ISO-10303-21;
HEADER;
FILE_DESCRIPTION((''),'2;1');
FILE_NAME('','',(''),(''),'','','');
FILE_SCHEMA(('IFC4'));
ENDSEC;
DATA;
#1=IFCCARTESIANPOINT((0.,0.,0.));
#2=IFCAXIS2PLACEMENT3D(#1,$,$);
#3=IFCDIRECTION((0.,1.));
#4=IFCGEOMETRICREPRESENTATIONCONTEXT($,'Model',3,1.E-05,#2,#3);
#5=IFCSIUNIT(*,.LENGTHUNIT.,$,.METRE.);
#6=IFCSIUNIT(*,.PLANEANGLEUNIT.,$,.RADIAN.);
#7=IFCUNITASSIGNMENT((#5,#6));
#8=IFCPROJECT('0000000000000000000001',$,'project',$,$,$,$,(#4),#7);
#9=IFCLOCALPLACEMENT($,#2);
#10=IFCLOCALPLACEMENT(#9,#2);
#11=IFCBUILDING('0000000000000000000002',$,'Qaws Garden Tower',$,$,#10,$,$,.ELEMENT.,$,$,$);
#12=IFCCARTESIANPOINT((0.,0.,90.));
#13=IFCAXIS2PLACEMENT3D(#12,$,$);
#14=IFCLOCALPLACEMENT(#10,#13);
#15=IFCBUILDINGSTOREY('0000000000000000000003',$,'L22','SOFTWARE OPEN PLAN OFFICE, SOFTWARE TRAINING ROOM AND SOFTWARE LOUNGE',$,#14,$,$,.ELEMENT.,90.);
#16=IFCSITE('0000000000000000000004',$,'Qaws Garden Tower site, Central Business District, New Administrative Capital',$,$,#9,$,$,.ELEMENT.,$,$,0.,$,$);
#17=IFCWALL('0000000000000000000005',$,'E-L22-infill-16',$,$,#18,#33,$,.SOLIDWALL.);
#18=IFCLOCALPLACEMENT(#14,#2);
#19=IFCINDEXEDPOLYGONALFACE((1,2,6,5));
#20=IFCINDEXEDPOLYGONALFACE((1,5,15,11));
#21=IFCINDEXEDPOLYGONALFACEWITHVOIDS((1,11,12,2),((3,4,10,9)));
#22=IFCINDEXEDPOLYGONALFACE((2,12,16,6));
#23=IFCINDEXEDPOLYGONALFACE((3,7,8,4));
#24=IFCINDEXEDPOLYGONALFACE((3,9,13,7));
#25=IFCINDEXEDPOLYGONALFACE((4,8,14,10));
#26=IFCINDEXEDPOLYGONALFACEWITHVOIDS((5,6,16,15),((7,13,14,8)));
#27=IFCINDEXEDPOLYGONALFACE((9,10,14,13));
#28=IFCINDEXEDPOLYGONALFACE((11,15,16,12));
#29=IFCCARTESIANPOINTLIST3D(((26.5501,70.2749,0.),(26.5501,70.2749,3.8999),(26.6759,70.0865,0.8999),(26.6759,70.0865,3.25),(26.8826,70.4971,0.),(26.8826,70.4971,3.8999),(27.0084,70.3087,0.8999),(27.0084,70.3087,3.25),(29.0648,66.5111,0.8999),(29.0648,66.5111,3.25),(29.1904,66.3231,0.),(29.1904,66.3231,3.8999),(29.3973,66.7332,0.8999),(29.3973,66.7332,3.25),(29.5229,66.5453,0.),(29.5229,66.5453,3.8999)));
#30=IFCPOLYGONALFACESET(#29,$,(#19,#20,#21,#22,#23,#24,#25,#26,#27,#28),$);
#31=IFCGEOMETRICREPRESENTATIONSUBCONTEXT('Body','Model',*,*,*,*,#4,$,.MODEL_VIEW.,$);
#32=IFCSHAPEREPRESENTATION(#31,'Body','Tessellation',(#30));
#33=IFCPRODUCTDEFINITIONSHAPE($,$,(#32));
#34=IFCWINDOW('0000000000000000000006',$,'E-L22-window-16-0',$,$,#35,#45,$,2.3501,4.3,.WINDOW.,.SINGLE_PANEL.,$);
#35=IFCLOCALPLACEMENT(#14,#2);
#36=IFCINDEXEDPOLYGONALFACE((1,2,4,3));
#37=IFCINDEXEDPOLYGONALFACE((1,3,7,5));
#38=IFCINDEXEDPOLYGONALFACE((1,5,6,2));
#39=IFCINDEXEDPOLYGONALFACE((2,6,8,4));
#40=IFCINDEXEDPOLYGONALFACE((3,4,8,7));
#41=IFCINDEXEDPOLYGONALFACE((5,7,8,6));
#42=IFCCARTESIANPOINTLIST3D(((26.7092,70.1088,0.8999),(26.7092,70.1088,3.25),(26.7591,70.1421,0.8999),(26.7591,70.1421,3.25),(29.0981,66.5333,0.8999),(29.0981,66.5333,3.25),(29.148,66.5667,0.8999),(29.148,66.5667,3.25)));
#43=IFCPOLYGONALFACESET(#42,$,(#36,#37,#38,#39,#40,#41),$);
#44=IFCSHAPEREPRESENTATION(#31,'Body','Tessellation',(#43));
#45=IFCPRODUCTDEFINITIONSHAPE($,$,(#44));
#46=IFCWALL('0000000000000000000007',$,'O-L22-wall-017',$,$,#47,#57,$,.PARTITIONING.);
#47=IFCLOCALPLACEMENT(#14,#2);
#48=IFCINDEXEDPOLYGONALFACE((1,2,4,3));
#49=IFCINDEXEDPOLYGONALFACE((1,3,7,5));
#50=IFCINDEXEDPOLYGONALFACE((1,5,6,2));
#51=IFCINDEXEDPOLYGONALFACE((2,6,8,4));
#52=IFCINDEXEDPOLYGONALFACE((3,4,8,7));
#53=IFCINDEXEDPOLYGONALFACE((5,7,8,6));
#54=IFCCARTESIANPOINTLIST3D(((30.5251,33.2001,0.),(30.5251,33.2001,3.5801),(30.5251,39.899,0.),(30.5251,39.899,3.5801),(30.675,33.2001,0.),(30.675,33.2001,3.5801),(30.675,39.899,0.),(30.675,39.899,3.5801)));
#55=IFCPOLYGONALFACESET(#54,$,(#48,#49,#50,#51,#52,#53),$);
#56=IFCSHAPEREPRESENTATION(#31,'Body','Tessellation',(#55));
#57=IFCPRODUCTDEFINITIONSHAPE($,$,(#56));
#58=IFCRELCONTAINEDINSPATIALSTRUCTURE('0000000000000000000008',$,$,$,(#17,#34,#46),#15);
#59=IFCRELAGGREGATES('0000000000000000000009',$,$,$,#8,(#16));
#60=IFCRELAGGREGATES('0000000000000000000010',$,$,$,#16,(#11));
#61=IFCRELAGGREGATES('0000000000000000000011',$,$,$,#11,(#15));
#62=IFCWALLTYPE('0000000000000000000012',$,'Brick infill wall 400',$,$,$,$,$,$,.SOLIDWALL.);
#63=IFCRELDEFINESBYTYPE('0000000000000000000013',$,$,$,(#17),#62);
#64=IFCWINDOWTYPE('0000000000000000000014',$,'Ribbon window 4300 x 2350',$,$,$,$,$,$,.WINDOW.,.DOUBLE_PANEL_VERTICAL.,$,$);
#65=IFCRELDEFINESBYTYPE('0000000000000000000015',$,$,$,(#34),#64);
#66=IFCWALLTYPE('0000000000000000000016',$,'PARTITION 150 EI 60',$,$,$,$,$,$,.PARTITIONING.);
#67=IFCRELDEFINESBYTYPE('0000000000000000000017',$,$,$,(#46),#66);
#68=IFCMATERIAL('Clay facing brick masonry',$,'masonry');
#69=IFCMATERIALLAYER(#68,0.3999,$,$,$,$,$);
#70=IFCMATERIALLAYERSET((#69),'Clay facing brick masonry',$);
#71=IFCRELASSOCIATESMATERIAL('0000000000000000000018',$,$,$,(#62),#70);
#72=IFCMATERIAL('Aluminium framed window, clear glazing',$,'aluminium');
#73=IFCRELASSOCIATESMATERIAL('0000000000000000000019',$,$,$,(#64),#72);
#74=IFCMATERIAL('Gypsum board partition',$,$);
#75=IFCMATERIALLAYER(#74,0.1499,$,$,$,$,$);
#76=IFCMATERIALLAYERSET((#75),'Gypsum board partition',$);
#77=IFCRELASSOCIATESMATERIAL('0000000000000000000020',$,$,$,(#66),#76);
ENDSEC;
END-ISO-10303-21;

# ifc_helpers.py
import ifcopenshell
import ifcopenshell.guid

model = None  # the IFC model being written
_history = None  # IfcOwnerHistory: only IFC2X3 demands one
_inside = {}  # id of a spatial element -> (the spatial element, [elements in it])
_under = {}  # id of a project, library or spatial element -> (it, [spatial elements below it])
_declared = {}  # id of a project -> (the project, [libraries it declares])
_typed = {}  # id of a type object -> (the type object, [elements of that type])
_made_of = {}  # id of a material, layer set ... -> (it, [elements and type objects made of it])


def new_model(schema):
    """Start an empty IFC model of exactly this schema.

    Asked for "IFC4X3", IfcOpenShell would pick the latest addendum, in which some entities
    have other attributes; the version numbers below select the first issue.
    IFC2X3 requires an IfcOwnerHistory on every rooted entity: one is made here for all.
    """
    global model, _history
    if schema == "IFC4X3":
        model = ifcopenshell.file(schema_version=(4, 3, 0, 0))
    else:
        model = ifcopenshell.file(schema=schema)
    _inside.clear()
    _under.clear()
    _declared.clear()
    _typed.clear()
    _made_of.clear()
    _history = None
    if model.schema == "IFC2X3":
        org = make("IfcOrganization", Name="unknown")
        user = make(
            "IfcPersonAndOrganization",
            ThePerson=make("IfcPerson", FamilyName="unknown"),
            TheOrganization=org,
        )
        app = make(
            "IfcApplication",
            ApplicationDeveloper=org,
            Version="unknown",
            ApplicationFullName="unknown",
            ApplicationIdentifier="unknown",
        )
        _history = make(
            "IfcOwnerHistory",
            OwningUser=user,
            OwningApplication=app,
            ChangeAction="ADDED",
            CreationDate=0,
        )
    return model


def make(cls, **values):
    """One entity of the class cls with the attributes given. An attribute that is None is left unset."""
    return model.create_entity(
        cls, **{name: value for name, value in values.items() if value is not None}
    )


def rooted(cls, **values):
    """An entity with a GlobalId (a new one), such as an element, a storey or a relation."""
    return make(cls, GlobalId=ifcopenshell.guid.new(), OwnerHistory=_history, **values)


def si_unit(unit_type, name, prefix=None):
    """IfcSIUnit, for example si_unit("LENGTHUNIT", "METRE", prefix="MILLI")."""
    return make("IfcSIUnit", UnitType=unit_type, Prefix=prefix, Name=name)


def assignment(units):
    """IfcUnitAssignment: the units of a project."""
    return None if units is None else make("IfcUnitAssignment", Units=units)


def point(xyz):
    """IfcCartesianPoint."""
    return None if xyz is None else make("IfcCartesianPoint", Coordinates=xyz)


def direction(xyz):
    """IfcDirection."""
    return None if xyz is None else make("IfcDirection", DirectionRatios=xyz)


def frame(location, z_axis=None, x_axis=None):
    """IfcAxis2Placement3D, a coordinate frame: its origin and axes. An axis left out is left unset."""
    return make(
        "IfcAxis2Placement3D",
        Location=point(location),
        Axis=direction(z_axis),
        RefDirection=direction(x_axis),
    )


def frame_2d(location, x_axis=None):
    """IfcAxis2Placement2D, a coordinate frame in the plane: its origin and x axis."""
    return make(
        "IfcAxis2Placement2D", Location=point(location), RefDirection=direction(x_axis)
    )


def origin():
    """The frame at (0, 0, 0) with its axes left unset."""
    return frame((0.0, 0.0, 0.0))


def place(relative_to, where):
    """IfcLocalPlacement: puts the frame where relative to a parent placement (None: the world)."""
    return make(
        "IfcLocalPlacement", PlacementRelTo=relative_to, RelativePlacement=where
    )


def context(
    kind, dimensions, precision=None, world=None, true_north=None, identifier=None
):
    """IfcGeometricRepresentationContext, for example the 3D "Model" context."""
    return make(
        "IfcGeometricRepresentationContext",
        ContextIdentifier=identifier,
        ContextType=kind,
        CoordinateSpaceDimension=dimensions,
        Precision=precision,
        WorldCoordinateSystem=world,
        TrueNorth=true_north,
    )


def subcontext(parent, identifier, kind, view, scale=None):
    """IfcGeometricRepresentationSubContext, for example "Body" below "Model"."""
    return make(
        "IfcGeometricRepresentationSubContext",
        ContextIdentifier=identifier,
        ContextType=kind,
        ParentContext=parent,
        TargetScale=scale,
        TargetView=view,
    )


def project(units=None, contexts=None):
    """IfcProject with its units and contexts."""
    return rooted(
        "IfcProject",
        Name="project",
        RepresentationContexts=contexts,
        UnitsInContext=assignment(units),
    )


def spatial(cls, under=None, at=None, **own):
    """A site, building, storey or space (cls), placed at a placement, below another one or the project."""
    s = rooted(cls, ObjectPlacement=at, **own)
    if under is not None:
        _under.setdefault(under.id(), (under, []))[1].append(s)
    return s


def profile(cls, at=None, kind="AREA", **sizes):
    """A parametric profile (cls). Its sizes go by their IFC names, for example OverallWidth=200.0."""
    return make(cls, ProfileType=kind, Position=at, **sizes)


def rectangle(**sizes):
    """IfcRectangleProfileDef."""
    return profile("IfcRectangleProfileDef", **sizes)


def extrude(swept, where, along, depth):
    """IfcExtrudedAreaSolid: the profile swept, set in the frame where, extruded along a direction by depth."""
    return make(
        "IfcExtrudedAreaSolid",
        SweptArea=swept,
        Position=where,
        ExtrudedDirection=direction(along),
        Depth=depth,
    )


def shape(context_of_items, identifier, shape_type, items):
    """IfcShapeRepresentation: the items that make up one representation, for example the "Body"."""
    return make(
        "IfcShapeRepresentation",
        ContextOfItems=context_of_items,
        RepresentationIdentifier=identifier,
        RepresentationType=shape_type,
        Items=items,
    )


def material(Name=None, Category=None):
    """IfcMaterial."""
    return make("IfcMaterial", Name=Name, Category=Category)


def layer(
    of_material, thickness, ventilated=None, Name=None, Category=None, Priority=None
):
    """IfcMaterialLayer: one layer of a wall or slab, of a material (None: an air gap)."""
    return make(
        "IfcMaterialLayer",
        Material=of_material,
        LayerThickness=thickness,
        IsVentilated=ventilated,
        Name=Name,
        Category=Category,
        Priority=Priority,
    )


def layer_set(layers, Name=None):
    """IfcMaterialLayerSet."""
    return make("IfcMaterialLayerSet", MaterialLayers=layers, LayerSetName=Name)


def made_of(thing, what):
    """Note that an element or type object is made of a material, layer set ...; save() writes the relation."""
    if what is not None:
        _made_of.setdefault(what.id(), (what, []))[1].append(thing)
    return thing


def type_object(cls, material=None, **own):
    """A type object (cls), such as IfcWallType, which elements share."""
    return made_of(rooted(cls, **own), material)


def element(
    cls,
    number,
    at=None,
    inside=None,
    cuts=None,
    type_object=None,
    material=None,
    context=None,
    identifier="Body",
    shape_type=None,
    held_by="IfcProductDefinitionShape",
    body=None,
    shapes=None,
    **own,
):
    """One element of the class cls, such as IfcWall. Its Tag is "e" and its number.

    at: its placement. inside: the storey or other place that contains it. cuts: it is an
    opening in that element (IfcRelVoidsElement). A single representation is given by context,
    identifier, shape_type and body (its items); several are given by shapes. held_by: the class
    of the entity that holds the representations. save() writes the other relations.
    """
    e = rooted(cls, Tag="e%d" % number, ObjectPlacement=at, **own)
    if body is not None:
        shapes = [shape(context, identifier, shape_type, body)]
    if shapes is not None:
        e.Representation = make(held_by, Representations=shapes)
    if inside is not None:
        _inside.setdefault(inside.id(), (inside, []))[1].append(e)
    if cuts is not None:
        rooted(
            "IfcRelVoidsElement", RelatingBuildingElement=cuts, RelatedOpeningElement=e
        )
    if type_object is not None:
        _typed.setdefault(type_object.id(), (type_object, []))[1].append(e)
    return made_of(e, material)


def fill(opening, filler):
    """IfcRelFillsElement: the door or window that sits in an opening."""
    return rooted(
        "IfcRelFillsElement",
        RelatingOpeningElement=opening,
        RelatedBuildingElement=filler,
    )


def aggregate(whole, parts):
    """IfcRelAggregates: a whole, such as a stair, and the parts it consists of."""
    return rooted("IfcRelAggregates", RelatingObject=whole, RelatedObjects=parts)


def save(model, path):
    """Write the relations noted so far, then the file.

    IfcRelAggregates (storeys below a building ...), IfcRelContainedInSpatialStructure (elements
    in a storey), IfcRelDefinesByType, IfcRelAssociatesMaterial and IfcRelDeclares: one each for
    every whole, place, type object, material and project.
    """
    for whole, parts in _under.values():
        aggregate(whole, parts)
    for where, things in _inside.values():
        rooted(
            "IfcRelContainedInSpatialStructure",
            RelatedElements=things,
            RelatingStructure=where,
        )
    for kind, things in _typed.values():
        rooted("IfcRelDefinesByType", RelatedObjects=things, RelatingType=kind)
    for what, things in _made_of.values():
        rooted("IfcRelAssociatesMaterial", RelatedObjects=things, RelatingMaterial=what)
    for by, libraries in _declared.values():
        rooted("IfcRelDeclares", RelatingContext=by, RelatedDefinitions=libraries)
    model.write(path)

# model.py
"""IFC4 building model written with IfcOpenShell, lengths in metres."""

from ifc_helpers import new_model, si_unit, direction, frame, frame_2d, origin, place, context, subcontext, project, spatial, rectangle, extrude, material, layer, layer_set, type_object, element, fill, save


model = new_model("IFC4")

# Units and contexts
model_context = context("Model", 3, precision=1e-05, world=origin(), true_north=direction((0.0, 1.0)))
body_context = subcontext(model_context, "Body", "Model", "MODEL_VIEW")
ifc_project = project(units=[si_unit("LENGTHUNIT", "METRE"), si_unit("PLANEANGLEUNIT", "RADIAN")], contexts=[model_context])

# Site, building, storey
site_placement = place(None, origin())
site = spatial("IfcSite", under=ifc_project, at=site_placement, Name="Qaws Garden Tower site, Central Business District, New Administrative Capital", CompositionType="ELEMENT", RefElevation=0.0)
building_placement = place(site_placement, origin())
building = spatial("IfcBuilding", under=site, at=building_placement, Name="Qaws Garden Tower", CompositionType="ELEMENT")
storey_placement = place(building_placement, frame((0.0, 0.0, 90.0)))
storey = spatial("IfcBuildingStorey", under=building, at=storey_placement, Name="L22", Description="SOFTWARE OPEN PLAN OFFICE, SOFTWARE TRAINING ROOM AND SOFTWARE LOUNGE", CompositionType="ELEMENT", Elevation=90.0)

# Shared definitions
ifc_material_1 = material(Name="Clay facing brick masonry", Category="masonry")
ifc_layer_1 = layer(ifc_material_1, 0.3999)
ifc_layer_set_1 = layer_set([ifc_layer_1], Name="Clay facing brick masonry")
wall_type_1 = type_object("IfcWallType", Name="Brick infill wall 400", PredefinedType="SOLIDWALL", material=ifc_layer_set_1)

# Wall, opening, window
ifc_material_2 = material(Name="Aluminium framed window, clear glazing", Category="aluminium")
window_type_1 = type_object("IfcWindowType", Name="Ribbon window 4300 x 2350", PartitioningType="DOUBLE_PANEL_VERTICAL", PredefinedType="WINDOW", material=ifc_material_2)
wall_1_placement = place(storey_placement, frame((29.3567, 66.4341, 0.0), z_axis=(0.0, 0.0, 1.0), x_axis=(-0.555542, 0.831489, 0.0)))
wall_1 = element("IfcWall", 1, at=wall_1_placement, inside=storey, type_object=wall_type_1, Name="E-L22-infill-16", PredefinedType="SOLIDWALL", context=body_context, shape_type="SweptSolid", body=[
    extrude(rectangle(XDim=4.7527, YDim=0.3999, at=frame_2d((2.3765, 0.0))), origin(), (0.0, 0.0, 1.0), 3.8999),
])
opening_1_placement = place(wall_1_placement, frame((0.2263, 0.0, 0.8999)))
opening_1 = element("IfcOpeningElement", 2, at=opening_1_placement, cuts=wall_1, PredefinedType="OPENING", context=body_context, shape_type="SweptSolid", body=[
    extrude(rectangle(XDim=4.3, YDim=2.3501, at=frame_2d((2.1499, 1.175))), frame((0.0, 0.21, 0.0), z_axis=(0.0, -1.0, 0.0), x_axis=(1.0, 0.0, 0.0)), (0.0, 0.0, 1.0), 0.4199),
])
window_1_placement = place(opening_1_placement, origin())
window_1 = element("IfcWindow", 3, at=window_1_placement, inside=storey, type_object=window_type_1, Name="E-L22-window-16-0", OverallHeight=2.3501, OverallWidth=4.3, PartitioningType="SINGLE_PANEL", PredefinedType="WINDOW", context=body_context, shape_type="SweptSolid", body=[
    extrude(rectangle(XDim=4.3, YDim=2.3501, at=frame_2d((2.1499, 1.175))), frame((0.0, 0.1599, 0.0), z_axis=(0.0, -1.0, 0.0), x_axis=(1.0, 0.0, 0.0)), (0.0, 0.0, 1.0), 0.0601),
])
fill(opening_1, window_1)

# Wall
ifc_material_3 = material(Name="Gypsum board partition")
ifc_layer_2 = layer(ifc_material_3, 0.1499)
ifc_layer_set_2 = layer_set([ifc_layer_2], Name="Gypsum board partition")
wall_type_2 = type_object("IfcWallType", Name="PARTITION 150 EI 60", PredefinedType="PARTITIONING", material=ifc_layer_set_2)
wall_2_placement = place(storey_placement, frame((30.6001, 33.2, 0.0), z_axis=(0.0, 0.0, 1.0), x_axis=(0.0, 1.0, 0.0)))
element("IfcWall", 4, at=wall_2_placement, inside=storey, type_object=wall_type_2, Name="O-L22-wall-017", PredefinedType="PARTITIONING", context=body_context, shape_type="SweptSolid", body=[
    extrude(rectangle(XDim=6.699, YDim=0.1499, at=frame_2d((3.3496, 0.0))), origin(), (0.0, 0.0, 1.0), 3.5801),
])

save(model, "model.ifc")
